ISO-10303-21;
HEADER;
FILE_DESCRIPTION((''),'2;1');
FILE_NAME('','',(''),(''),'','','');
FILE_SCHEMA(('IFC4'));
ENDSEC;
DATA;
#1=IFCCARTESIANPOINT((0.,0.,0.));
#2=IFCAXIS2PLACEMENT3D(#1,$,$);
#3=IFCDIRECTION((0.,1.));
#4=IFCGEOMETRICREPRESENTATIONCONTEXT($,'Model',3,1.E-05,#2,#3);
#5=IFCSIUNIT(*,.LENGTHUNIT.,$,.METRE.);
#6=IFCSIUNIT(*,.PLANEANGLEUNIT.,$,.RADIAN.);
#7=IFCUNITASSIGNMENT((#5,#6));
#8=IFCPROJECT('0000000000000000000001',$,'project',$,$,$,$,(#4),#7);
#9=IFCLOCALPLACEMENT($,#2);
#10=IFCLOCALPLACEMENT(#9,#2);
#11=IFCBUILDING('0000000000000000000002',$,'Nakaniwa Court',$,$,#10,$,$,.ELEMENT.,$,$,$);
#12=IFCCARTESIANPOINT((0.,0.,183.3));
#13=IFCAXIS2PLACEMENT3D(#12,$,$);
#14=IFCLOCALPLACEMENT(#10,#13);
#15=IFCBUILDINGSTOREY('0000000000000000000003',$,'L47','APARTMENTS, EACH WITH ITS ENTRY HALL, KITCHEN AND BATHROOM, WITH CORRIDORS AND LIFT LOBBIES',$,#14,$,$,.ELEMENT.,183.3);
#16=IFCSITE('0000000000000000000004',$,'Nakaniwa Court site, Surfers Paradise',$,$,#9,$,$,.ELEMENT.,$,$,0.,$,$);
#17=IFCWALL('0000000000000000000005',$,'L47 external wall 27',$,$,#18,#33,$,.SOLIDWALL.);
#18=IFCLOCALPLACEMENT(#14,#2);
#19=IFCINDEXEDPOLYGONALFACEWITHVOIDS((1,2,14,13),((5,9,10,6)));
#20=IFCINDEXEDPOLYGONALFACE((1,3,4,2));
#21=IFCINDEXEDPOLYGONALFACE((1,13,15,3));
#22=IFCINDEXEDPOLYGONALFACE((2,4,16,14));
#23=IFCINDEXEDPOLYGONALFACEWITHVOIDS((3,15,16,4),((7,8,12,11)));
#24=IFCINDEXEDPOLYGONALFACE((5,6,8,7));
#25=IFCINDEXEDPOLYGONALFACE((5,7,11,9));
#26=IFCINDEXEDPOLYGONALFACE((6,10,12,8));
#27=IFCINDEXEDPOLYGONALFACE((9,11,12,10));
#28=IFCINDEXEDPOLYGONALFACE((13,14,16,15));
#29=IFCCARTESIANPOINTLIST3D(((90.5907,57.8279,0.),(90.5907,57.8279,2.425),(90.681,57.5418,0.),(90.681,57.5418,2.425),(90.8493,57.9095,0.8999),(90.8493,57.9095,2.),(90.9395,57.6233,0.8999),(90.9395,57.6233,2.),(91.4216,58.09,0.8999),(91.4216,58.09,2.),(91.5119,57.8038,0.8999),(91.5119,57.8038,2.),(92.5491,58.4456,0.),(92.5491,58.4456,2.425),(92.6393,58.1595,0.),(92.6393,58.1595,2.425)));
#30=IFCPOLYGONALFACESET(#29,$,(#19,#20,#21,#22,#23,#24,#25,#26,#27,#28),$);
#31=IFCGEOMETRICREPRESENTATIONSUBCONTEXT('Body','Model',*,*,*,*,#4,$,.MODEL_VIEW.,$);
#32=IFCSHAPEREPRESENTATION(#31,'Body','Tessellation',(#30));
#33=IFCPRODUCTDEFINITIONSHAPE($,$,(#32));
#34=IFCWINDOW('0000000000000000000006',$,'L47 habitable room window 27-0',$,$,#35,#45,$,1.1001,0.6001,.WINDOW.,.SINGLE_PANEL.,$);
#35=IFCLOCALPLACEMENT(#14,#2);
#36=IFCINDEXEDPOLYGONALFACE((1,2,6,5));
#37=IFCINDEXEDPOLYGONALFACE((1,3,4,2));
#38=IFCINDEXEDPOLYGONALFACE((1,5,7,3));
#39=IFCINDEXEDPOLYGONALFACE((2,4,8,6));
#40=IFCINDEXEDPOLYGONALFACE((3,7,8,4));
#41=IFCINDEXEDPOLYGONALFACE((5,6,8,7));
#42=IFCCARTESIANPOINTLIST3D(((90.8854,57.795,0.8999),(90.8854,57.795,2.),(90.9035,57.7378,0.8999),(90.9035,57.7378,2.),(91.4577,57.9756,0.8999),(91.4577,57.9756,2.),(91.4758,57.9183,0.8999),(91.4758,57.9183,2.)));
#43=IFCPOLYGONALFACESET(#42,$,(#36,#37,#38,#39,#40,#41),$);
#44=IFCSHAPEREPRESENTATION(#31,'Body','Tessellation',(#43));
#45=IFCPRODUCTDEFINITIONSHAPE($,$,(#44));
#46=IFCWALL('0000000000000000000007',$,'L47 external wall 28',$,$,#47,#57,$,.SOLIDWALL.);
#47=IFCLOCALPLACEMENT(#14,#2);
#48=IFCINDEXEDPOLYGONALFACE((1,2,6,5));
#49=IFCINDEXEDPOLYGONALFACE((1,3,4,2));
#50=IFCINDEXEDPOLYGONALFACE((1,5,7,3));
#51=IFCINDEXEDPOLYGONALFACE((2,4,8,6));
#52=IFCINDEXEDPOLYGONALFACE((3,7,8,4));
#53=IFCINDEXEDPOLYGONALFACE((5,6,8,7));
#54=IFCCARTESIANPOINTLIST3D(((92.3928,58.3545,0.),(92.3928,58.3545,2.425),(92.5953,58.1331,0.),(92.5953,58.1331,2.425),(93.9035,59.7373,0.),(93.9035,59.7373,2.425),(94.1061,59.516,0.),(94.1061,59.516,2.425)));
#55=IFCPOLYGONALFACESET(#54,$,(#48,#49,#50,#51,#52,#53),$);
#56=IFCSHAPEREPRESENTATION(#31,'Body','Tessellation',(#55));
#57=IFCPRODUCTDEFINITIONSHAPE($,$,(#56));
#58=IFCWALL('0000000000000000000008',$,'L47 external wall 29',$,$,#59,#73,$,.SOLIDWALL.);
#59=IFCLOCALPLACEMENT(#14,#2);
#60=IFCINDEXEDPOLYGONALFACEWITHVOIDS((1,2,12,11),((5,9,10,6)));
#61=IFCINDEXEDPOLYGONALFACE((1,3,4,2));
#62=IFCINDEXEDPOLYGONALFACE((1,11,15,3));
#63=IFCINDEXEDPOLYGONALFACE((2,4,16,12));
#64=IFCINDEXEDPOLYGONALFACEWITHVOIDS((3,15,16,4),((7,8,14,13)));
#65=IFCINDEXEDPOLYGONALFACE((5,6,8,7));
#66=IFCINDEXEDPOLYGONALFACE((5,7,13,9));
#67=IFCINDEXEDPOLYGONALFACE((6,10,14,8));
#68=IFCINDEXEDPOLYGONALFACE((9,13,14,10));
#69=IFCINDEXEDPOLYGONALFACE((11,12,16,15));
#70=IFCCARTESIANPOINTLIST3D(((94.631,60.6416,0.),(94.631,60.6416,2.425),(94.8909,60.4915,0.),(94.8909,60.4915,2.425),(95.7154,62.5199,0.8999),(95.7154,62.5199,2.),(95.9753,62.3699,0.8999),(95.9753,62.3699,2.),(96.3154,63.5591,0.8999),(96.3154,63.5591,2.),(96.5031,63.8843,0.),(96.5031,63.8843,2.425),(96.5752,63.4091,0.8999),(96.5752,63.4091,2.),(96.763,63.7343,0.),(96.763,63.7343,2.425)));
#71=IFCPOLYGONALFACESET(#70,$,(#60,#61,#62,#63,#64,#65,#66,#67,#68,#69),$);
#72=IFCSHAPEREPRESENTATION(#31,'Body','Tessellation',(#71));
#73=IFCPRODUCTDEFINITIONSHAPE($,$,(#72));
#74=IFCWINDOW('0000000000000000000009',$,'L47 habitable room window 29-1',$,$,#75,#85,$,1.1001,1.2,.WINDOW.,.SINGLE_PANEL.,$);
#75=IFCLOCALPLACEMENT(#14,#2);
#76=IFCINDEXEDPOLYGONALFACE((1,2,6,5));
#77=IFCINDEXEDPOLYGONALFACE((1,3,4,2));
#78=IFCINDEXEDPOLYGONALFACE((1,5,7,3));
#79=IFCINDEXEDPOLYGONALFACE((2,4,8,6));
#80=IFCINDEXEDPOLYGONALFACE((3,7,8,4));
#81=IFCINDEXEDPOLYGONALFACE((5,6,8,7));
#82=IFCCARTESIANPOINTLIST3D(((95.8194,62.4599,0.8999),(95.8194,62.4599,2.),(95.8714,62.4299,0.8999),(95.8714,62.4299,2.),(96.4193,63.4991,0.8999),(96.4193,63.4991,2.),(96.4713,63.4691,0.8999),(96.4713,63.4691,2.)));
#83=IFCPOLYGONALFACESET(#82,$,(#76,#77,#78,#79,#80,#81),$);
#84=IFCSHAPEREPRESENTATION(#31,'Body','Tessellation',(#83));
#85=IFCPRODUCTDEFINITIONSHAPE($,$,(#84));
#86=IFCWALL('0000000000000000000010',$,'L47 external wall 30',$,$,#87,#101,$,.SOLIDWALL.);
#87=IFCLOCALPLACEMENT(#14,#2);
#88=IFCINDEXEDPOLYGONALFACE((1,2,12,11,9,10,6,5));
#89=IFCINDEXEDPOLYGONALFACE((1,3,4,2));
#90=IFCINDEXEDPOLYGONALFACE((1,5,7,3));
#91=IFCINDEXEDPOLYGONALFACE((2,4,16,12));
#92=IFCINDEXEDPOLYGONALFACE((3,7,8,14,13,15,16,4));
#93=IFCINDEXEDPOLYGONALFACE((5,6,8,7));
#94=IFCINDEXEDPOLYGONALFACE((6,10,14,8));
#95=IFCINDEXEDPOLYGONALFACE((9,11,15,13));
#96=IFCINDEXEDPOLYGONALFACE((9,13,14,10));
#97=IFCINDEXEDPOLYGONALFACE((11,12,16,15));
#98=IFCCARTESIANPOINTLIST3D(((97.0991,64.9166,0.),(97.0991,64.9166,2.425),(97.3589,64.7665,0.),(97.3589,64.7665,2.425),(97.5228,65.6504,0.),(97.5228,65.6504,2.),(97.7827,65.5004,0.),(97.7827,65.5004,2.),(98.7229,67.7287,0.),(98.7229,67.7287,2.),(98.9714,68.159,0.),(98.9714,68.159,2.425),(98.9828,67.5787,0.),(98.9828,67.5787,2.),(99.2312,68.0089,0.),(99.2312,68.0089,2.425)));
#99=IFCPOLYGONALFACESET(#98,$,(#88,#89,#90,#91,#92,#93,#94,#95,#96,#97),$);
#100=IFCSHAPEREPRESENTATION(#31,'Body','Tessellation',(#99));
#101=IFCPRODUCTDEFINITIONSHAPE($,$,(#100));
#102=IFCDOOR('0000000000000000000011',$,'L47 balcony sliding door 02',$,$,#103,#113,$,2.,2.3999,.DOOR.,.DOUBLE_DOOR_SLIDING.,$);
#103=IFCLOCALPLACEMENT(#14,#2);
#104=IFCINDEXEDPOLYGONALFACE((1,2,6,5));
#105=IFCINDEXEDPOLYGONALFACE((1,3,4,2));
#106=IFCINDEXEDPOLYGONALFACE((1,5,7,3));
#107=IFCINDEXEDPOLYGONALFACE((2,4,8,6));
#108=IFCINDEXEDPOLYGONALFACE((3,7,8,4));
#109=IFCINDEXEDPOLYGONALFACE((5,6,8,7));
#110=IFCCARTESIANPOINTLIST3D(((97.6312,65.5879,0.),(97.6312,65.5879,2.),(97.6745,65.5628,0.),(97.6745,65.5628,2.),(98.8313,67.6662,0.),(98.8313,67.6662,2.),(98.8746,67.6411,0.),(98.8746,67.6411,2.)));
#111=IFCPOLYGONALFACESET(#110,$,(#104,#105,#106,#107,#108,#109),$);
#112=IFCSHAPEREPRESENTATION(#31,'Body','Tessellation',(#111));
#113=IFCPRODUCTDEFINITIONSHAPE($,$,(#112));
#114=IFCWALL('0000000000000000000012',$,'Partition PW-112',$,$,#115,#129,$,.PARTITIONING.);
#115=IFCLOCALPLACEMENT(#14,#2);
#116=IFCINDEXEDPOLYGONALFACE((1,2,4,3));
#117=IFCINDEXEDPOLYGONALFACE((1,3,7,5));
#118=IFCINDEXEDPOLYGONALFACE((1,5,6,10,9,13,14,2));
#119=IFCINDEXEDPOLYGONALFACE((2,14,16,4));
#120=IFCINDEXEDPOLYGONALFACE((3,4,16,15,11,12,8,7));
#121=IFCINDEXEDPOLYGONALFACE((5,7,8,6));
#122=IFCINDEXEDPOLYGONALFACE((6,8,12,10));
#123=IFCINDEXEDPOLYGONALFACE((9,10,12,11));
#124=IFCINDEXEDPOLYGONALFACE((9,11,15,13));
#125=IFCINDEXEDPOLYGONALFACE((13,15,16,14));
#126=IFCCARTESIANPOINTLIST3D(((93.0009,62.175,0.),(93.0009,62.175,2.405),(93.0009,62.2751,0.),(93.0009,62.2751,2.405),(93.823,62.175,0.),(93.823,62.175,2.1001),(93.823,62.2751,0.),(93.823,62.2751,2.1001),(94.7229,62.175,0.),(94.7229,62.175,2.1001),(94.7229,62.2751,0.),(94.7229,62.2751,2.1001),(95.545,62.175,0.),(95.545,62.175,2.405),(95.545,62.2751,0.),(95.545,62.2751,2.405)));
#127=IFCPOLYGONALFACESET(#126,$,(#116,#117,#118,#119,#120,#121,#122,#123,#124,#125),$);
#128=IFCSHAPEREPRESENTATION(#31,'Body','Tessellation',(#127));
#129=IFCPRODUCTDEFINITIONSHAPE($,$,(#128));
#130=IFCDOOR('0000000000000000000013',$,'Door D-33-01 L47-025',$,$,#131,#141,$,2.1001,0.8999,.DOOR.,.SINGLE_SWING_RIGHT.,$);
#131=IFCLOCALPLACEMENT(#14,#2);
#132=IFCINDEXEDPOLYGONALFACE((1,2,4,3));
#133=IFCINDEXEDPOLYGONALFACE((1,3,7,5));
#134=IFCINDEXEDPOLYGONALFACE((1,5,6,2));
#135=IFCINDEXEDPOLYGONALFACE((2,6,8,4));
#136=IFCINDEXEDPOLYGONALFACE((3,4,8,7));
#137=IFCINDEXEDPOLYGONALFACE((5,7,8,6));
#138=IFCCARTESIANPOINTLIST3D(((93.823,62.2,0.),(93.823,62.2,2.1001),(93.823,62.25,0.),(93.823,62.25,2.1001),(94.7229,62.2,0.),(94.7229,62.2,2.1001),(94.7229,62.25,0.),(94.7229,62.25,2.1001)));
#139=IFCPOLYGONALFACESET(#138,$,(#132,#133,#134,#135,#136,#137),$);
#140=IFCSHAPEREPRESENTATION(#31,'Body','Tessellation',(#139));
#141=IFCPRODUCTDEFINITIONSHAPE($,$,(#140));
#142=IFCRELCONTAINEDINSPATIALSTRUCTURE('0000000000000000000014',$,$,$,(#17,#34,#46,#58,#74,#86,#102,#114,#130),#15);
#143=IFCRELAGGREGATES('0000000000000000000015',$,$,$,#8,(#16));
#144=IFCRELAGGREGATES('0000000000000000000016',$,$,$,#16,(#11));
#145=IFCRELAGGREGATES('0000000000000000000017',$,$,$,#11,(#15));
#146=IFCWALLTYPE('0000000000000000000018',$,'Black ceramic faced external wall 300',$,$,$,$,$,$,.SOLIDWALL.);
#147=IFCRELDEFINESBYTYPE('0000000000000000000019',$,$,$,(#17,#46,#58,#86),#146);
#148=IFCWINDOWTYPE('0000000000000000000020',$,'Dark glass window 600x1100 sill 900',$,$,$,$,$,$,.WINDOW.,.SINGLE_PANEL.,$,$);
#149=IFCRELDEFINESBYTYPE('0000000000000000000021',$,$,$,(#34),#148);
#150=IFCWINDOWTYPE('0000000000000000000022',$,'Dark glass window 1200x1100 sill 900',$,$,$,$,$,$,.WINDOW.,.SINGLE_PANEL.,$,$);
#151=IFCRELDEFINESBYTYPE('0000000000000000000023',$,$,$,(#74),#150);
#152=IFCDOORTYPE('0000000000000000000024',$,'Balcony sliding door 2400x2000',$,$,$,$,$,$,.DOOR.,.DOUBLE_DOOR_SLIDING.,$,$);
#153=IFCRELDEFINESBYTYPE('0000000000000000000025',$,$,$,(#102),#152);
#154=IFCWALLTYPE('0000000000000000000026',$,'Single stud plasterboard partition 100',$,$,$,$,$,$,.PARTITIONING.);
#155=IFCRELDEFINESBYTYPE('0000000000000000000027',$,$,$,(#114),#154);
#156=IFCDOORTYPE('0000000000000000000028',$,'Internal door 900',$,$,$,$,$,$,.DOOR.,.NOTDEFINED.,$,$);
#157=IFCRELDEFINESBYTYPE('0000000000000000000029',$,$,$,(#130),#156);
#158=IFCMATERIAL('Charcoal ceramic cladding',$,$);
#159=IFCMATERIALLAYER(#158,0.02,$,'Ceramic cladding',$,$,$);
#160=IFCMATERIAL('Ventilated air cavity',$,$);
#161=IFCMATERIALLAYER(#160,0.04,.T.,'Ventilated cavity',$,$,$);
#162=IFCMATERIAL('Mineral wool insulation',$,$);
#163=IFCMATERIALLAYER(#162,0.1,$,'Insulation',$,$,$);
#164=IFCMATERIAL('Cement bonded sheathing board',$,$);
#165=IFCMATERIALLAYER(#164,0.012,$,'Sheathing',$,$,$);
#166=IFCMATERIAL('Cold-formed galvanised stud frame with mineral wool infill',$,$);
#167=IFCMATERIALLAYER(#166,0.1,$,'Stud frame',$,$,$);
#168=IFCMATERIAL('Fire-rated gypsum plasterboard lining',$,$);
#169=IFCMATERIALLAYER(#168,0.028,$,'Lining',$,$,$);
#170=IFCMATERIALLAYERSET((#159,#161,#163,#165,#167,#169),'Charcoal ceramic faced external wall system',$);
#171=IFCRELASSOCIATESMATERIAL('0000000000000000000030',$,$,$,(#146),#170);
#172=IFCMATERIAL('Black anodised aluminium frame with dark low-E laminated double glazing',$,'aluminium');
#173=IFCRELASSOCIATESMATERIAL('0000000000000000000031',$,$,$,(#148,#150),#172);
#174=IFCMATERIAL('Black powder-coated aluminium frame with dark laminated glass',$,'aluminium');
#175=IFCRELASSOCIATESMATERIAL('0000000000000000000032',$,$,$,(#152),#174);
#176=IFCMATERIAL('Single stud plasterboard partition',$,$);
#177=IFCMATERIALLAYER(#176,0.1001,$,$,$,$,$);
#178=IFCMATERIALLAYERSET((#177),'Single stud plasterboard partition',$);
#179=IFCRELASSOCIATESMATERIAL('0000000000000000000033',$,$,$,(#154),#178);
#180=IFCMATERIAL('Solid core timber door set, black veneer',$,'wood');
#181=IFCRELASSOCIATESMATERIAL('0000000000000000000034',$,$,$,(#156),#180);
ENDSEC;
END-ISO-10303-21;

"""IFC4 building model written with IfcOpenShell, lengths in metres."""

from ifc_helpers import new_model, si_unit, direction, frame, frame_2d, origin, place, context, subcontext, project, spatial, rectangle, extrude, material, layer, layer_set, type_object, element, fill, save


model = new_model("IFC4")

# Units and contexts
model_context = context("Model", 3, precision=1e-05, world=origin(), true_north=direction((0.0, 1.0)))
body_context = subcontext(model_context, "Body", "Model", "MODEL_VIEW")
ifc_project = project(units=[si_unit("LENGTHUNIT", "METRE"), si_unit("PLANEANGLEUNIT", "RADIAN")], contexts=[model_context])

# Site, building, storey
site_placement = place(None, origin())
site = spatial("IfcSite", under=ifc_project, at=site_placement, Name="Nakaniwa Court site, Surfers Paradise", CompositionType="ELEMENT", RefElevation=0.0)
building_placement = place(site_placement, origin())
building = spatial("IfcBuilding", under=site, at=building_placement, Name="Nakaniwa Court", CompositionType="ELEMENT")
storey_placement = place(building_placement, frame((0.0, 0.0, 183.3)))
storey = spatial("IfcBuildingStorey", under=building, at=storey_placement, Name="L47", Description="APARTMENTS, EACH WITH ITS ENTRY HALL, KITCHEN AND BATHROOM, WITH CORRIDORS AND LIFT LOBBIES", CompositionType="ELEMENT", Elevation=183.3)

# Shared definitions
ifc_material_1 = material(Name="Solid core timber door set, black veneer", Category="wood")

# Wall, opening, window
ifc_material_2 = material(Name="Charcoal ceramic cladding")
ifc_layer_1 = layer(ifc_material_2, 0.02, Name="Ceramic cladding")
ifc_material_3 = material(Name="Ventilated air cavity")
ifc_layer_2 = layer(ifc_material_3, 0.04, ventilated=True, Name="Ventilated cavity")
ifc_material_4 = material(Name="Mineral wool insulation")
ifc_layer_3 = layer(ifc_material_4, 0.1, Name="Insulation")
ifc_material_5 = material(Name="Cement bonded sheathing board")
ifc_layer_4 = layer(ifc_material_5, 0.012, Name="Sheathing")
ifc_material_6 = material(Name="Cold-formed galvanised stud frame with mineral wool infill")
ifc_layer_5 = layer(ifc_material_6, 0.1, Name="Stud frame")
ifc_material_7 = material(Name="Fire-rated gypsum plasterboard lining")
ifc_layer_6 = layer(ifc_material_7, 0.028, Name="Lining")
ifc_layer_set_1 = layer_set([ifc_layer_1, ifc_layer_2, ifc_layer_3, ifc_layer_4, ifc_layer_5, ifc_layer_6], Name="Charcoal ceramic faced external wall system")
wall_type_1 = type_object("IfcWallType", Name="Black ceramic faced external wall 300", PredefinedType="SOLIDWALL", material=ifc_layer_set_1)
wall_1_placement = place(storey_placement, frame((90.6357, 57.6848, 0.0), z_axis=(0.0, 0.0, 1.0), x_axis=(0.953683, 0.300813, 0.0)))
wall_1 = element("IfcWall", 1, at=wall_1_placement, inside=storey, type_object=wall_type_1, Name="L47 external wall 27", PredefinedType="SOLIDWALL", context=body_context, shape_type="SweptSolid", body=[
    extrude(rectangle(XDim=2.0535, YDim=0.3, at=frame_2d((1.0269, 0.0))), origin(), (0.0, 0.0, 1.0), 2.425),
])
opening_1_placement = place(wall_1_placement, frame((0.2712, 0.0, 0.8999)))
opening_1 = element("IfcOpeningElement", 2, at=opening_1_placement, cuts=wall_1, PredefinedType="OPENING", context=body_context, shape_type="SweptSolid", body=[
    extrude(rectangle(XDim=0.6001, YDim=1.1001, at=frame_2d((0.3, 0.55))), frame((0.0, 0.1599, 0.0), z_axis=(0.0, -1.0, 0.0), x_axis=(1.0, 0.0, 0.0)), (0.0, 0.0, 1.0), 0.3201),
])
ifc_material_8 = material(Name="Black anodised aluminium frame with dark low-E laminated double glazing", Category="aluminium")
window_type_1 = type_object("IfcWindowType", Name="Dark glass window 600x1100 sill 900", PartitioningType="SINGLE_PANEL", PredefinedType="WINDOW", material=ifc_material_8)
window_1_placement = place(opening_1_placement, origin())
window_1 = element("IfcWindow", 3, at=window_1_placement, inside=storey, type_object=window_type_1, Name="L47 habitable room window 27-0", OverallHeight=1.1001, OverallWidth=0.6001, PartitioningType="SINGLE_PANEL", PredefinedType="WINDOW", context=body_context, shape_type="SweptSolid", body=[
    extrude(rectangle(XDim=0.6001, YDim=1.1001, at=frame_2d((0.3, 0.55))), frame((0.0, 0.03, 0.0), z_axis=(0.0, -1.0, 0.0), x_axis=(1.0, 0.0, 0.0)), (0.0, 0.0, 1.0), 0.0601),
])
fill(opening_1, window_1)

# Wall
wall_2_placement = place(storey_placement, frame((92.4941, 58.2439, 0.0), z_axis=(0.0, 0.0, 1.0), x_axis=(0.737649, 0.675185, 0.0)))
element("IfcWall", 4, at=wall_2_placement, inside=storey, type_object=wall_type_1, Name="L47 external wall 28", PredefinedType="SOLIDWALL", context=body_context, shape_type="SweptSolid", body=[
    extrude(rectangle(XDim=2.0481, YDim=0.3, at=frame_2d((1.0239, 0.0))), origin(), (0.0, 0.0, 1.0), 2.425),
])

# Wall, opening, window
wall_3_placement = place(storey_placement, frame((94.761, 60.5667, 0.0), z_axis=(0.0, 0.0, 1.0), x_axis=(0.499982, 0.866036, 0.0)))
wall_3 = element("IfcWall", 5, at=wall_3_placement, inside=storey, type_object=wall_type_1, Name="L47 external wall 29", PredefinedType="SOLIDWALL", context=body_context, shape_type="SweptSolid", body=[
    extrude(rectangle(XDim=3.7444, YDim=0.3, at=frame_2d((1.8721, 0.0))), origin(), (0.0, 0.0, 1.0), 2.425),
])
opening_2_placement = place(wall_3_placement, frame((2.1687, 0.0, 0.8999)))
opening_2 = element("IfcOpeningElement", 6, at=opening_2_placement, cuts=wall_3, PredefinedType="OPENING", context=body_context, shape_type="SweptSolid", body=[
    extrude(rectangle(XDim=1.2, YDim=1.1001, at=frame_2d((0.6001, 0.55))), frame((0.0, 0.1599, 0.0), z_axis=(0.0, -1.0, 0.0), x_axis=(1.0, 0.0, 0.0)), (0.0, 0.0, 1.0), 0.3201),
])
window_type_2 = type_object("IfcWindowType", Name="Dark glass window 1200x1100 sill 900", PartitioningType="SINGLE_PANEL", PredefinedType="WINDOW", material=ifc_material_8)
window_2_placement = place(opening_2_placement, origin())
window_2 = element("IfcWindow", 7, at=window_2_placement, inside=storey, type_object=window_type_2, Name="L47 habitable room window 29-1", OverallHeight=1.1001, OverallWidth=1.2, PartitioningType="SINGLE_PANEL", PredefinedType="WINDOW", context=body_context, shape_type="SweptSolid", body=[
    extrude(rectangle(XDim=1.2, YDim=1.1001, at=frame_2d((0.6001, 0.55))), frame((0.0, 0.03, 0.0), z_axis=(0.0, -1.0, 0.0), x_axis=(1.0, 0.0, 0.0)), (0.0, 0.0, 1.0), 0.0601),
])
fill(opening_2, window_2)

# Walls, openings, doors
wall_4_placement = place(storey_placement, frame((97.229, 64.8416, 0.0), z_axis=(0.0, 0.0, 1.0), x_axis=(0.500059, 0.865991, 0.0)))
wall_4 = element("IfcWall", 8, at=wall_4_placement, inside=storey, type_object=wall_type_1, Name="L47 external wall 30", PredefinedType="SOLIDWALL", context=body_context, shape_type="SweptSolid", body=[
    extrude(rectangle(XDim=3.7441, YDim=0.3, at=frame_2d((1.8721, 0.0))), origin(), (0.0, 0.0, 1.0), 2.425),
])
opening_3_placement = place(wall_4_placement, frame((0.8474, 0.0, 0.0)))
opening_3 = element("IfcOpeningElement", 9, at=opening_3_placement, cuts=wall_4, PredefinedType="OPENING", context=body_context, shape_type="SweptSolid", body=[
    extrude(rectangle(XDim=2.3999, YDim=2.0, at=frame_2d((1.2, 1.0))), frame((0.0, 0.1599, 0.0), z_axis=(0.0, -1.0, 0.0), x_axis=(1.0, 0.0, 0.0)), (0.0, 0.0, 1.0), 0.3201),
])
ifc_material_9 = material(Name="Black powder-coated aluminium frame with dark laminated glass", Category="aluminium")
door_type_1 = type_object("IfcDoorType", Name="Balcony sliding door 2400x2000", OperationType="DOUBLE_DOOR_SLIDING", PredefinedType="DOOR", material=ifc_material_9)
door_1_placement = place(opening_3_placement, origin())
door_1 = element("IfcDoor", 10, at=door_1_placement, inside=storey, type_object=door_type_1, Name="L47 balcony sliding door 02", OperationType="DOUBLE_DOOR_SLIDING", OverallHeight=2.0, OverallWidth=2.3999, PredefinedType="DOOR", context=body_context, shape_type="SweptSolid", body=[
    extrude(rectangle(XDim=2.3999, YDim=2.0, at=frame_2d((1.2, 1.0))), frame((0.0, 0.0249, 0.0), z_axis=(0.0, -1.0, 0.0), x_axis=(1.0, 0.0, 0.0)), (0.0, 0.0, 1.0), 0.05),
])
fill(opening_3, door_1)
ifc_material_10 = material(Name="Single stud plasterboard partition")
ifc_layer_7 = layer(ifc_material_10, 0.1001)
ifc_layer_set_2 = layer_set([ifc_layer_7], Name="Single stud plasterboard partition")
wall_type_2 = type_object("IfcWallType", Name="Single stud plasterboard partition 100", PredefinedType="PARTITIONING", material=ifc_layer_set_2)
wall_5_placement = place(storey_placement, frame((93.001, 62.2251, 0.0), z_axis=(0.0, 0.0, 1.0), x_axis=(1.0, 0.0, 0.0)))
wall_5 = element("IfcWall", 11, at=wall_5_placement, inside=storey, type_object=wall_type_2, Name="Partition PW-112", PredefinedType="PARTITIONING", context=body_context, shape_type="SweptSolid", body=[
    extrude(rectangle(XDim=2.5442, YDim=0.1001, at=frame_2d((1.272, 0.0))), origin(), (0.0, 0.0, 1.0), 2.405),
])
opening_4_placement = place(wall_5_placement, frame((0.822, 0.0, 0.0)))
opening_4 = element("IfcOpeningElement", 12, at=opening_4_placement, cuts=wall_5, PredefinedType="OPENING", context=body_context, shape_type="SweptSolid", body=[
    extrude(rectangle(XDim=0.8999, YDim=2.1001, at=frame_2d((0.45, 1.05))), frame((0.0, 0.0601, 0.0), z_axis=(0.0, -1.0, 0.0), x_axis=(1.0, 0.0, 0.0)), (0.0, 0.0, 1.0), 0.1201),
])
door_type_2 = type_object("IfcDoorType", Name="Internal door 900", OperationType="NOTDEFINED", PredefinedType="DOOR", material=ifc_material_1)
door_2_placement = place(opening_4_placement, origin())
door_2 = element("IfcDoor", 13, at=door_2_placement, inside=storey, type_object=door_type_2, Name="Door D-33-01 L47-025", OperationType="SINGLE_SWING_RIGHT", OverallHeight=2.1001, OverallWidth=0.8999, PredefinedType="DOOR", context=body_context, shape_type="SweptSolid", body=[
    extrude(rectangle(XDim=0.8999, YDim=2.1001, at=frame_2d((0.45, 1.05))), frame((0.0, 0.0249, 0.0), z_axis=(0.0, -1.0, 0.0), x_axis=(1.0, 0.0, 0.0)), (0.0, 0.0, 1.0), 0.05),
])
fill(opening_4, door_2)

save(model, "model.ifc")
